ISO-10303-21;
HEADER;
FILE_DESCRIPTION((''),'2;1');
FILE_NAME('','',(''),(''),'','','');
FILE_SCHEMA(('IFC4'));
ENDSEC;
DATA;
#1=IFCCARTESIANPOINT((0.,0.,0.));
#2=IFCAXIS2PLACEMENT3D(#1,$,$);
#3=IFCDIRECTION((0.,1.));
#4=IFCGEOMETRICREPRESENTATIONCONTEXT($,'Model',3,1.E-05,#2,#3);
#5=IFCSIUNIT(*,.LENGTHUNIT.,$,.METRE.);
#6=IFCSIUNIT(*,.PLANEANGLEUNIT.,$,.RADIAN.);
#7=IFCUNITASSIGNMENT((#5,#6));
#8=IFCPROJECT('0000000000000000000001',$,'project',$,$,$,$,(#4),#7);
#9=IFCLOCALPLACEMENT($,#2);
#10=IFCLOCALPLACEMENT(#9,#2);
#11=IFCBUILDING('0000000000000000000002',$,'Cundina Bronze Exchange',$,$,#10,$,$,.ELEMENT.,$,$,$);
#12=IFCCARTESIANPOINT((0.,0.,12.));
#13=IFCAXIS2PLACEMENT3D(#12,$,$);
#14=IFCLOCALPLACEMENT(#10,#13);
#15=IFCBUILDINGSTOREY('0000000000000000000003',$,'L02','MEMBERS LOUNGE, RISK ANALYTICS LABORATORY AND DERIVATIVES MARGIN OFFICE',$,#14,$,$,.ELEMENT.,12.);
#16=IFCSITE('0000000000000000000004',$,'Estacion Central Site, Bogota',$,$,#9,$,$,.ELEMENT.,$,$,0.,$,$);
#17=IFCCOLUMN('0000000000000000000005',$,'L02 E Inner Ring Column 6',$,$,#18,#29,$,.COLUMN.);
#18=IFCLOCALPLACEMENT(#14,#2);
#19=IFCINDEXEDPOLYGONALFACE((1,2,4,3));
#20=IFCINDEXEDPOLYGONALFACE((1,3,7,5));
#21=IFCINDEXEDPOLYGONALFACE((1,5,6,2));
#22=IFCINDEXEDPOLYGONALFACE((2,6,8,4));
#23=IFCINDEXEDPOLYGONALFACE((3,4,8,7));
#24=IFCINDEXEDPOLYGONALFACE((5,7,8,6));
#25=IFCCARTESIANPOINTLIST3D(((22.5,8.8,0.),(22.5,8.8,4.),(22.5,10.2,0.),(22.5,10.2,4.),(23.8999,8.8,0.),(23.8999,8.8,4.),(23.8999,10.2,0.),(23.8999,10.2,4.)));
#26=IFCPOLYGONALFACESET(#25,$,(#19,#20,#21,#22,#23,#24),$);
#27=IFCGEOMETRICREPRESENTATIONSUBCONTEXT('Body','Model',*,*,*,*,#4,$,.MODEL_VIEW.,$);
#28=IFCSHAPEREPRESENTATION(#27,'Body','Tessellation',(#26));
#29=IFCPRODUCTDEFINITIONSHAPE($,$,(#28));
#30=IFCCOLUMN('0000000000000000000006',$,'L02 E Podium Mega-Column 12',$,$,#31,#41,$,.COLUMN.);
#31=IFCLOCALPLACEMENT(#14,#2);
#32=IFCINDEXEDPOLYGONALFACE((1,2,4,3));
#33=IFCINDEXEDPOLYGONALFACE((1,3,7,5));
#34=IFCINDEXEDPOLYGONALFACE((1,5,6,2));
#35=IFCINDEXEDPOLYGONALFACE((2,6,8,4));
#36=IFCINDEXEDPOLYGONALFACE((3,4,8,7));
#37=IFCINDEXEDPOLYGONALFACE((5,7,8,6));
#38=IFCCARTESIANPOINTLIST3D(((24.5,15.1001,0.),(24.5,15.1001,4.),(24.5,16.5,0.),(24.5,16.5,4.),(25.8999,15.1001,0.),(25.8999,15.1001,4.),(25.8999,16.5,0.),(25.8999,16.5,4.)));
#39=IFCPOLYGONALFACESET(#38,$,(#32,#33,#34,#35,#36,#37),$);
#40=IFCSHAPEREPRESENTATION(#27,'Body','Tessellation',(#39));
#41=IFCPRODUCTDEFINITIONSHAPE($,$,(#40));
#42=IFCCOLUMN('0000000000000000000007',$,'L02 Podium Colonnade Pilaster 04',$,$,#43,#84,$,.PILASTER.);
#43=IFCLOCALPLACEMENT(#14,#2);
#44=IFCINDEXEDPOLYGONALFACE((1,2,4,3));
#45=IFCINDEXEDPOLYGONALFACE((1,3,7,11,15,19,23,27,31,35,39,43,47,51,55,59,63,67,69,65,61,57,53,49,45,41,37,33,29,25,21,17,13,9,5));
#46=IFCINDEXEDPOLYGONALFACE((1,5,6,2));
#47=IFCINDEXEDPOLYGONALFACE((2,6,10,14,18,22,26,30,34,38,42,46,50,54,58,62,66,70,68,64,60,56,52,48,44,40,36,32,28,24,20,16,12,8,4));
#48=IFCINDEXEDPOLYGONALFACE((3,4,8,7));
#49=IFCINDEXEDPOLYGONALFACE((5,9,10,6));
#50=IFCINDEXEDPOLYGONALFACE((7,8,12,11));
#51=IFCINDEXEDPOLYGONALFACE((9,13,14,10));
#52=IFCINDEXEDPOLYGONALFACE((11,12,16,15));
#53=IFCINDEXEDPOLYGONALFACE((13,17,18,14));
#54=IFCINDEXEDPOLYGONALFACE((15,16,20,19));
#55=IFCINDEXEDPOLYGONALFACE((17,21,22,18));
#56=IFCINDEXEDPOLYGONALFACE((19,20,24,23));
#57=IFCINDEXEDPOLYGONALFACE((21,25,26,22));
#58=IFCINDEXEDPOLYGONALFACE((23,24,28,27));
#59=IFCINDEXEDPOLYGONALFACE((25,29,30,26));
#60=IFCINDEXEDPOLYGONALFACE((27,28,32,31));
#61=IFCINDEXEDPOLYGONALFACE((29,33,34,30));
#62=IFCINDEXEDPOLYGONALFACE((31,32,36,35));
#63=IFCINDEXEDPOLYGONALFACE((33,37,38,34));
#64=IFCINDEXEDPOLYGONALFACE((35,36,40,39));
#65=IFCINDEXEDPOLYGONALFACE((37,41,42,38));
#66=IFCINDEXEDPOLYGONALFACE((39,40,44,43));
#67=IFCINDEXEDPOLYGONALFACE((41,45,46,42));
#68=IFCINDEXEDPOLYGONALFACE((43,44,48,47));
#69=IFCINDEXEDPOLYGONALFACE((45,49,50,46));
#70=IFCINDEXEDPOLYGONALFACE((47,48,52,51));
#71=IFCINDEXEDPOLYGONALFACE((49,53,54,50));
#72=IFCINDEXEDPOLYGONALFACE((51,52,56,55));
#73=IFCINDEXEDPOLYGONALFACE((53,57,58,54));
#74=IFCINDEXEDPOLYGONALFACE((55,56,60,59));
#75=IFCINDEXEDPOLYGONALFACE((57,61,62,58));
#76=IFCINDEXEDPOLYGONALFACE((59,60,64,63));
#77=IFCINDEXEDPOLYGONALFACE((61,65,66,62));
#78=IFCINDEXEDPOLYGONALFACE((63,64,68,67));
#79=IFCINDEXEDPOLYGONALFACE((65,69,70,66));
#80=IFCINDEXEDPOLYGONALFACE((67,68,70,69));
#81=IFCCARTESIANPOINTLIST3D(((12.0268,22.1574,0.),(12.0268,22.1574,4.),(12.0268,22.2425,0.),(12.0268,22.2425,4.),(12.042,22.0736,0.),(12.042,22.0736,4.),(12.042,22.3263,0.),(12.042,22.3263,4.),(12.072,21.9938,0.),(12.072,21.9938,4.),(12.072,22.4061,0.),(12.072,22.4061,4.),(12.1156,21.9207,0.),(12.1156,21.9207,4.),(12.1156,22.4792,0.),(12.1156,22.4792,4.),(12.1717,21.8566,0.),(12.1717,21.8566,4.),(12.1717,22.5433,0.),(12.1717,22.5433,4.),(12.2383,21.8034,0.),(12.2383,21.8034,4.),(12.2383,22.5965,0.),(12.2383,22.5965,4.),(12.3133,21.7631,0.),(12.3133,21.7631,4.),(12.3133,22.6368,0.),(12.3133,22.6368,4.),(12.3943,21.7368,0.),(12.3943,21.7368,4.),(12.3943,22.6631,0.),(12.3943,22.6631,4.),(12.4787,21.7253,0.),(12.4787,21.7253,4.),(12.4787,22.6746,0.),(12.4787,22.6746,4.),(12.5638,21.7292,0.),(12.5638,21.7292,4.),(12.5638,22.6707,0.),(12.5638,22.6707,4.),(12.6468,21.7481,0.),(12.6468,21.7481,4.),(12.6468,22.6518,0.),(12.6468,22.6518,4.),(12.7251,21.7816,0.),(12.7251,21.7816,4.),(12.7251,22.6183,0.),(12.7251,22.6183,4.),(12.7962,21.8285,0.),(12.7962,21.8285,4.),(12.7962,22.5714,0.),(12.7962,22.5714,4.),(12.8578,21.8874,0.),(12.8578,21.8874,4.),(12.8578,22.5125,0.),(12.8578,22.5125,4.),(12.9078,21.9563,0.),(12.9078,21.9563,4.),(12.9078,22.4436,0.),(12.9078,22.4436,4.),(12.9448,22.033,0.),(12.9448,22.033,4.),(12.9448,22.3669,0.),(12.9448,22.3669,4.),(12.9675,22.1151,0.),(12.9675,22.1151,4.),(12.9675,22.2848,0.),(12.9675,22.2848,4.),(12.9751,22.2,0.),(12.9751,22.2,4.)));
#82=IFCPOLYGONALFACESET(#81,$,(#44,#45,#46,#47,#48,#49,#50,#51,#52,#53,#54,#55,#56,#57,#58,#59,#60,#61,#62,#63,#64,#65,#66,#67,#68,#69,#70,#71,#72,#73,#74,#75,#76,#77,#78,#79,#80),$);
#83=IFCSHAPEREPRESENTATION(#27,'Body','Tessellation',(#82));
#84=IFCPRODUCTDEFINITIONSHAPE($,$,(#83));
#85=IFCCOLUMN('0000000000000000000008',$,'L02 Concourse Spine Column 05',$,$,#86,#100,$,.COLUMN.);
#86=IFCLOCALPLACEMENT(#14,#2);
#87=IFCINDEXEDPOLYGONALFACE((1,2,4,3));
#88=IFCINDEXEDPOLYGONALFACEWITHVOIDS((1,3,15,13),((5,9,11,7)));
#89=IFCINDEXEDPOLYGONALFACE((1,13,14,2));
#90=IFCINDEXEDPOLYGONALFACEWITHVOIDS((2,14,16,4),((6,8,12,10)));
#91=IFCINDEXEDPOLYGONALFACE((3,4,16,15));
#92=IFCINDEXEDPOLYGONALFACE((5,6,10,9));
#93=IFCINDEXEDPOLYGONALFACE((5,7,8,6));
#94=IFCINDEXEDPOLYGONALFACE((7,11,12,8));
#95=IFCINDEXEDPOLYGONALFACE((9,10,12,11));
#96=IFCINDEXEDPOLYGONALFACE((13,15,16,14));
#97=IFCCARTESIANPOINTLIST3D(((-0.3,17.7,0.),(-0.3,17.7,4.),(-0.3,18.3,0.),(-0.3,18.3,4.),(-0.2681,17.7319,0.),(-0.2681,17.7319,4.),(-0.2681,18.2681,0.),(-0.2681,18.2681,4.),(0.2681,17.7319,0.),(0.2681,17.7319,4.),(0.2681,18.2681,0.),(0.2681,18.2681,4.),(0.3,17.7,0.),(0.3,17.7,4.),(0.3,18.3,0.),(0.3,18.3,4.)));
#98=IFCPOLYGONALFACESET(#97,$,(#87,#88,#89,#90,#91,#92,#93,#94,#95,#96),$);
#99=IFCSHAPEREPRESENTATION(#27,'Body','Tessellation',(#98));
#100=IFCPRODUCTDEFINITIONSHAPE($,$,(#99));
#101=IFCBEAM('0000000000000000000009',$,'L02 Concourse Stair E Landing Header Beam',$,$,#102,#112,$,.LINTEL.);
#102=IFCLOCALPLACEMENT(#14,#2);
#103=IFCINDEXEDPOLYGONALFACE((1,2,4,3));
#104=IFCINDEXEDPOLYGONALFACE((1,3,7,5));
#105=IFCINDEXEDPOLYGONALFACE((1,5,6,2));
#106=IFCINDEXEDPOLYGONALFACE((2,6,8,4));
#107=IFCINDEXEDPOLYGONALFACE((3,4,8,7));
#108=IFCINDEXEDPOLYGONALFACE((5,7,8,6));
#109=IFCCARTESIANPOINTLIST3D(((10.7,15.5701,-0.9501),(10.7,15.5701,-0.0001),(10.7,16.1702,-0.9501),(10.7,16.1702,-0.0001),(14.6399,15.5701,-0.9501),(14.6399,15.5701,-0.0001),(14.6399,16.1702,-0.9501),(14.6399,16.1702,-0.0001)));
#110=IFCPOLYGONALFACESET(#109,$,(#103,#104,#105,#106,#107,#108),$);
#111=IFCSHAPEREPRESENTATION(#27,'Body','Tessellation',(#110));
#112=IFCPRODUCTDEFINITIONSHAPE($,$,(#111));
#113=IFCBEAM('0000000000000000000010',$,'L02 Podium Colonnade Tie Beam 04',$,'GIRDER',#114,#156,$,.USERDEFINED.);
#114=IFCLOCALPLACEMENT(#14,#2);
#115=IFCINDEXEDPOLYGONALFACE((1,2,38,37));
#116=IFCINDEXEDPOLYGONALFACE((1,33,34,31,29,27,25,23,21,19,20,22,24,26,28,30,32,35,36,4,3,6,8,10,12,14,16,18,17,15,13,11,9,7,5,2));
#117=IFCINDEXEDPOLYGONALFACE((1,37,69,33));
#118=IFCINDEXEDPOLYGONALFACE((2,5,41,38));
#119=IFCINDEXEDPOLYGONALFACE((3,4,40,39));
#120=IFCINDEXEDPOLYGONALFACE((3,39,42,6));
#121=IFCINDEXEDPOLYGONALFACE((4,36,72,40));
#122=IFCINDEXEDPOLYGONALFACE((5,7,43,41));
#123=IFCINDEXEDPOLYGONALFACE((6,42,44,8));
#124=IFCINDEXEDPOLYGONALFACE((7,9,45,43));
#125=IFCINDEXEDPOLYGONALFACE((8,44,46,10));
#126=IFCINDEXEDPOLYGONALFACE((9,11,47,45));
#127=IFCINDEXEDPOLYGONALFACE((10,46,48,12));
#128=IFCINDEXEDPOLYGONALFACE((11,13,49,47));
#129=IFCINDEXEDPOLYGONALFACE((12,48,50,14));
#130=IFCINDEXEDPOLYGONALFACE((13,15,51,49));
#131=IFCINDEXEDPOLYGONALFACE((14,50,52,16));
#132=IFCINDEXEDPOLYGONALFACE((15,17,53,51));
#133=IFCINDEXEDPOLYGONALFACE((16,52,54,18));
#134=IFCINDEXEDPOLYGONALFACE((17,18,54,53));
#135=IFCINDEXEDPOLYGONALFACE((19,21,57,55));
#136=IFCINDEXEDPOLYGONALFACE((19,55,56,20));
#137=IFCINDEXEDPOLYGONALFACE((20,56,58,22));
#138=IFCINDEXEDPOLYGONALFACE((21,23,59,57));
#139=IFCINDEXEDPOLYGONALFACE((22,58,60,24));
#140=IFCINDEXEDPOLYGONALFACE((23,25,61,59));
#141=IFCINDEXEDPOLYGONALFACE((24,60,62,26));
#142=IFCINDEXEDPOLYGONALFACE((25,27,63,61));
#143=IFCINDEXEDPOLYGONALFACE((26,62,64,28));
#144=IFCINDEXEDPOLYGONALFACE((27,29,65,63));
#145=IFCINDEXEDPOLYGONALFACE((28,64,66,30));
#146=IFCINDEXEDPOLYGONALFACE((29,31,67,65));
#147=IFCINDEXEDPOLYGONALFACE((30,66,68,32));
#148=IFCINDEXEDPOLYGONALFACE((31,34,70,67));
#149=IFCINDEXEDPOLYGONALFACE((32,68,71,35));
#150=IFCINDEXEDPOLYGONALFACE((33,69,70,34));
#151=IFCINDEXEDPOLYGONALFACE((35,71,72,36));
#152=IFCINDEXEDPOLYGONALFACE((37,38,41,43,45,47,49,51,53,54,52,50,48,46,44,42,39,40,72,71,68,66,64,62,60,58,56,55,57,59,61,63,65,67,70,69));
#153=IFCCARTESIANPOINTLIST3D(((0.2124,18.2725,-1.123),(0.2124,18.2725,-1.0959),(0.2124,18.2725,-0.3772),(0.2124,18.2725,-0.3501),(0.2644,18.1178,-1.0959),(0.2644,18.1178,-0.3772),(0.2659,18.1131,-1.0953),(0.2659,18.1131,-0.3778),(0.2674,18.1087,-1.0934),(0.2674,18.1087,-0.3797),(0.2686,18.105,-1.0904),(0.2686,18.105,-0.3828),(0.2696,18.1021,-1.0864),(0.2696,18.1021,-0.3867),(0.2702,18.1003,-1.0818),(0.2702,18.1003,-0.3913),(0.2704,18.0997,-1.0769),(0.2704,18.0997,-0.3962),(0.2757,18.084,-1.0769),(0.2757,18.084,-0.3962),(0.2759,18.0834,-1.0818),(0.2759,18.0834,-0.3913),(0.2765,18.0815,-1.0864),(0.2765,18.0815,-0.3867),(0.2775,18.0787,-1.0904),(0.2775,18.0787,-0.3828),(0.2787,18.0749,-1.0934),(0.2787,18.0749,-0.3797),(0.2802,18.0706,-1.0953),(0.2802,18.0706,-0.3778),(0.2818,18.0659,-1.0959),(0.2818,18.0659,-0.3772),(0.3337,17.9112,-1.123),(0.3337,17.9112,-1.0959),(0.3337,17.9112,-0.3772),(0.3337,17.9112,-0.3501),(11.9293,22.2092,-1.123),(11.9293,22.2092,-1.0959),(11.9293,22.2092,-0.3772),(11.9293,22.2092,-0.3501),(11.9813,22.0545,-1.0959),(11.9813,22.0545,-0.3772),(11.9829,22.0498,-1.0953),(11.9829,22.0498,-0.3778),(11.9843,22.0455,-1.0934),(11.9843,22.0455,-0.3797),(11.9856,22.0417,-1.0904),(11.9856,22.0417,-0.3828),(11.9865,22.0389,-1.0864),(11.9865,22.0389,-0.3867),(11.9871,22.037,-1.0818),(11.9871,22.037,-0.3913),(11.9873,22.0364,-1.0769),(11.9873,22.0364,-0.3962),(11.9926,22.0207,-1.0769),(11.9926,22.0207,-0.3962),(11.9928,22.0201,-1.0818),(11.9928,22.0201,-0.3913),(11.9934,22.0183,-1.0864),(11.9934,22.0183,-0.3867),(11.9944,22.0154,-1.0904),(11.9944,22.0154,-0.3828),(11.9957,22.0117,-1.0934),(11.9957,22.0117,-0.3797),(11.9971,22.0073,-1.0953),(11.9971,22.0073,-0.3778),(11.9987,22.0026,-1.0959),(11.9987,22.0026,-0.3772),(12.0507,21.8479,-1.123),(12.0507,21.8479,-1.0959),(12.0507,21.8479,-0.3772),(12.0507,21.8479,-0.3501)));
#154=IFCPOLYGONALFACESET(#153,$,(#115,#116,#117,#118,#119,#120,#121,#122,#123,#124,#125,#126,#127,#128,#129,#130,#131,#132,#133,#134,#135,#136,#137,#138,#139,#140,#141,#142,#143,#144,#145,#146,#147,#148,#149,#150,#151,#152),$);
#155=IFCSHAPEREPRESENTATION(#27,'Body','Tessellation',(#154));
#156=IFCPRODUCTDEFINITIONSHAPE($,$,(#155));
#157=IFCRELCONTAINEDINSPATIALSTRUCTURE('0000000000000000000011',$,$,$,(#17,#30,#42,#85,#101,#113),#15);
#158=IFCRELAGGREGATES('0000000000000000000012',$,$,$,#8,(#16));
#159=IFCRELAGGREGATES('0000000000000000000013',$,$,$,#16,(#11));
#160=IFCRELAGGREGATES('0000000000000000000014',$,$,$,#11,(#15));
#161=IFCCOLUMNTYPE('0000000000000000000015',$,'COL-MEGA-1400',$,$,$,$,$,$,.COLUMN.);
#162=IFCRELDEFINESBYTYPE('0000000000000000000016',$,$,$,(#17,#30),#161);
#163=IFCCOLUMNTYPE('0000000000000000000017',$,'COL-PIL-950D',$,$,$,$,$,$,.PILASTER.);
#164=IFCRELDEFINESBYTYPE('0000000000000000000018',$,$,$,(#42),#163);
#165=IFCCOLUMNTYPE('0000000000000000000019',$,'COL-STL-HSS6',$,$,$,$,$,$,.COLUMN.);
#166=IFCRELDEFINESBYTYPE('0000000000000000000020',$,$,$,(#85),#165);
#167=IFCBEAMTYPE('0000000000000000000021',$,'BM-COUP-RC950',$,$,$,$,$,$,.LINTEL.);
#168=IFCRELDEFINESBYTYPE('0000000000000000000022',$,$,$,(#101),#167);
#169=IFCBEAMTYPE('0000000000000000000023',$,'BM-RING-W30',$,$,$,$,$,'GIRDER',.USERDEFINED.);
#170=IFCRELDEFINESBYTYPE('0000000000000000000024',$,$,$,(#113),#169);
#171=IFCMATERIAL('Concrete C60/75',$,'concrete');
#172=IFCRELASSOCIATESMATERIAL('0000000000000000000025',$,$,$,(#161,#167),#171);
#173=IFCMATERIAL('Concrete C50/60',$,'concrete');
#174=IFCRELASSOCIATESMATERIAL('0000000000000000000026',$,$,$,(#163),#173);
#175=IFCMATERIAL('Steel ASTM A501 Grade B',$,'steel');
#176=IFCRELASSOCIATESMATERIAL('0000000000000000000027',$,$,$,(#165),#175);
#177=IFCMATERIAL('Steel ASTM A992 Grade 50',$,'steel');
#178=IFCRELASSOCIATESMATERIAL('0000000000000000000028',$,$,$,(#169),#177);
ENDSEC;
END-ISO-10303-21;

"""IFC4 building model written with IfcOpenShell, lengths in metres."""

from ifc_helpers import new_model, si_unit, direction, frame, origin, origin_2d, place, context, subcontext, project, spatial, rectangle, hollow_rectangle, circle, i_section, extrude, material, material_profile, profile_set, type_object, element, save


model = new_model("IFC4")

# Units and contexts
model_context = context("Model", 3, precision=1e-05, world=origin(), true_north=direction((0.0, 1.0)))
body_context = subcontext(model_context, "Body", "Model", "MODEL_VIEW")
ifc_project = project(units=[si_unit("LENGTHUNIT", "METRE"), si_unit("PLANEANGLEUNIT", "RADIAN")], contexts=[model_context])

# Site, building, storey
site_placement = place(None, origin())
site = spatial("IfcSite", under=ifc_project, at=site_placement, Name="Estacion Central Site, Bogota", CompositionType="ELEMENT", RefElevation=0.0)
building_placement = place(site_placement, origin())
building = spatial("IfcBuilding", under=site, at=building_placement, Name="Cundina Bronze Exchange", CompositionType="ELEMENT")
storey_placement = place(building_placement, frame((0.0, 0.0, 12.0)))
storey = spatial("IfcBuildingStorey", under=building, at=storey_placement, Name="L02", Description="MEMBERS LOUNGE, RISK ANALYTICS LABORATORY AND DERIVATIVES MARGIN OFFICE", CompositionType="ELEMENT", Elevation=12.0)

# Columns
ifc_material_1 = material(Name="Concrete C60/75", Category="concrete")
ifc_material_profile_1 = material_profile(ifc_material_1, rectangle(XDim=1.3999, YDim=1.3999, at=origin_2d()), Name="RC1400X1400", Category="concrete")
ifc_profile_set_1 = profile_set([ifc_material_profile_1], Name="Concrete C60/75")
column_type_1 = type_object("IfcColumnType", Name="COL-MEGA-1400", PredefinedType="COLUMN", material=ifc_profile_set_1)
for number, where, z_axis, x_axis, name in (
    (1, (23.2, 9.5, 0.0), (0.0, 0.0, 1.0), (1.0, 0.0, 0.0), "L02 E Inner Ring Column 6"),
    (2, (25.2, 15.8, 0.0), (0.0, 0.0, 1.0), (1.0, 0.0, 0.0), "L02 E Podium Mega-Column 12"),
):
    element("IfcColumn", number, at=place(storey_placement, frame(where, z_axis=z_axis, x_axis=x_axis)), inside=storey, type_object=column_type_1, Name=name, PredefinedType="COLUMN", context=body_context, shape_type="SweptSolid", body=[
        extrude(rectangle(XDim=1.3999, YDim=1.3999, at=origin_2d()), origin(), (0.0, 0.0, 1.0), 4.0),
    ])
ifc_material_2 = material(Name="Concrete C50/60", Category="concrete")
ifc_material_profile_2 = material_profile(ifc_material_2, circle(Radius=0.4751, at=origin_2d()), Name="RC950D", Category="concrete")
ifc_profile_set_2 = profile_set([ifc_material_profile_2], Name="Concrete C50/60")
column_type_2 = type_object("IfcColumnType", Name="COL-PIL-950D", PredefinedType="PILASTER", material=ifc_profile_set_2)
column_1_placement = place(storey_placement, frame((12.5, 22.2, 0.0), z_axis=(0.0, 0.0, 1.0), x_axis=(1.0, 0.0, 0.0)))
element("IfcColumn", 3, at=column_1_placement, inside=storey, type_object=column_type_2, Name="L02 Podium Colonnade Pilaster 04", PredefinedType="PILASTER", context=body_context, shape_type="SweptSolid", body=[
    extrude(circle(Radius=0.4751, at=origin_2d()), origin(), (0.0, 0.0, 1.0), 4.0),
])
ifc_material_3 = material(Name="Steel ASTM A501 Grade B", Category="steel")
ifc_material_profile_3 = material_profile(ifc_material_3, hollow_rectangle(XDim=0.6001, YDim=0.6001, WallThickness=0.032, at=origin_2d()), Name="HSS600X600X32", Category="steel")
ifc_profile_set_3 = profile_set([ifc_material_profile_3], Name="Steel ASTM A501 Grade B")
column_type_3 = type_object("IfcColumnType", Name="COL-STL-HSS6", PredefinedType="COLUMN", material=ifc_profile_set_3)
column_2_placement = place(storey_placement, frame((0.0, 18.0, 0.0), z_axis=(0.0, 0.0, 1.0), x_axis=(1.0, 0.0, 0.0)))
element("IfcColumn", 4, at=column_2_placement, inside=storey, type_object=column_type_3, Name="L02 Concourse Spine Column 05", PredefinedType="COLUMN", context=body_context, shape_type="SweptSolid", body=[
    extrude(hollow_rectangle(XDim=0.6001, YDim=0.6001, WallThickness=0.032, at=origin_2d()), origin(), (0.0, 0.0, 1.0), 4.0),
])

# Beams
ifc_material_profile_4 = material_profile(ifc_material_1, rectangle(XDim=0.6001, YDim=0.95, at=origin_2d()), Name="RC600X950", Category="concrete")
ifc_profile_set_4 = profile_set([ifc_material_profile_4], Name="Concrete C60/75")
beam_type_1 = type_object("IfcBeamType", Name="BM-COUP-RC950", PredefinedType="LINTEL", material=ifc_profile_set_4)
beam_1_placement = place(storey_placement, frame((10.7, 15.8701, -0.4751), z_axis=(1.0, 0.0, 0.0), x_axis=(0.0, 1.0, 0.0)))
element("IfcBeam", 5, at=beam_1_placement, inside=storey, type_object=beam_type_1, Name="L02 Concourse Stair E Landing Header Beam", PredefinedType="LINTEL", context=body_context, shape_type="SweptSolid", body=[
    extrude(rectangle(XDim=0.6001, YDim=0.95, at=origin_2d()), origin(), (0.0, 0.0, 1.0), 3.9399),
])
ifc_material_4 = material(Name="Steel ASTM A992 Grade 50", Category="steel")
ifc_material_profile_5 = material_profile(ifc_material_4, i_section(OverallWidth=0.3811, OverallDepth=0.7729, WebThickness=0.0166, FlangeThickness=0.0271, FilletRadius=0.019, at=origin_2d()), Name="W30X173", Category="steel")
ifc_profile_set_5 = profile_set([ifc_material_profile_5], Name="Steel ASTM A992 Grade 50")
beam_type_2 = type_object("IfcBeamType", Name="BM-RING-W30", ElementType="GIRDER", PredefinedType="USERDEFINED", material=ifc_profile_set_5)
beam_2_placement = place(storey_placement, frame((11.99, 22.0286, -0.7366), z_axis=(-0.947926, -0.31849, 0.0), x_axis=(0.31849, -0.947926, 0.0)))
element("IfcBeam", 6, at=beam_2_placement, inside=storey, type_object=beam_type_2, Name="L02 Podium Colonnade Tie Beam 04", ObjectType="GIRDER", PredefinedType="USERDEFINED", context=body_context, shape_type="SweptSolid", body=[
    extrude(i_section(OverallWidth=0.3811, OverallDepth=0.7729, WebThickness=0.0166, FlangeThickness=0.0271, FilletRadius=0.019, at=origin_2d()), origin(), (0.0, 0.0, 1.0), 12.3606),
])

save(model, "model.ifc")
